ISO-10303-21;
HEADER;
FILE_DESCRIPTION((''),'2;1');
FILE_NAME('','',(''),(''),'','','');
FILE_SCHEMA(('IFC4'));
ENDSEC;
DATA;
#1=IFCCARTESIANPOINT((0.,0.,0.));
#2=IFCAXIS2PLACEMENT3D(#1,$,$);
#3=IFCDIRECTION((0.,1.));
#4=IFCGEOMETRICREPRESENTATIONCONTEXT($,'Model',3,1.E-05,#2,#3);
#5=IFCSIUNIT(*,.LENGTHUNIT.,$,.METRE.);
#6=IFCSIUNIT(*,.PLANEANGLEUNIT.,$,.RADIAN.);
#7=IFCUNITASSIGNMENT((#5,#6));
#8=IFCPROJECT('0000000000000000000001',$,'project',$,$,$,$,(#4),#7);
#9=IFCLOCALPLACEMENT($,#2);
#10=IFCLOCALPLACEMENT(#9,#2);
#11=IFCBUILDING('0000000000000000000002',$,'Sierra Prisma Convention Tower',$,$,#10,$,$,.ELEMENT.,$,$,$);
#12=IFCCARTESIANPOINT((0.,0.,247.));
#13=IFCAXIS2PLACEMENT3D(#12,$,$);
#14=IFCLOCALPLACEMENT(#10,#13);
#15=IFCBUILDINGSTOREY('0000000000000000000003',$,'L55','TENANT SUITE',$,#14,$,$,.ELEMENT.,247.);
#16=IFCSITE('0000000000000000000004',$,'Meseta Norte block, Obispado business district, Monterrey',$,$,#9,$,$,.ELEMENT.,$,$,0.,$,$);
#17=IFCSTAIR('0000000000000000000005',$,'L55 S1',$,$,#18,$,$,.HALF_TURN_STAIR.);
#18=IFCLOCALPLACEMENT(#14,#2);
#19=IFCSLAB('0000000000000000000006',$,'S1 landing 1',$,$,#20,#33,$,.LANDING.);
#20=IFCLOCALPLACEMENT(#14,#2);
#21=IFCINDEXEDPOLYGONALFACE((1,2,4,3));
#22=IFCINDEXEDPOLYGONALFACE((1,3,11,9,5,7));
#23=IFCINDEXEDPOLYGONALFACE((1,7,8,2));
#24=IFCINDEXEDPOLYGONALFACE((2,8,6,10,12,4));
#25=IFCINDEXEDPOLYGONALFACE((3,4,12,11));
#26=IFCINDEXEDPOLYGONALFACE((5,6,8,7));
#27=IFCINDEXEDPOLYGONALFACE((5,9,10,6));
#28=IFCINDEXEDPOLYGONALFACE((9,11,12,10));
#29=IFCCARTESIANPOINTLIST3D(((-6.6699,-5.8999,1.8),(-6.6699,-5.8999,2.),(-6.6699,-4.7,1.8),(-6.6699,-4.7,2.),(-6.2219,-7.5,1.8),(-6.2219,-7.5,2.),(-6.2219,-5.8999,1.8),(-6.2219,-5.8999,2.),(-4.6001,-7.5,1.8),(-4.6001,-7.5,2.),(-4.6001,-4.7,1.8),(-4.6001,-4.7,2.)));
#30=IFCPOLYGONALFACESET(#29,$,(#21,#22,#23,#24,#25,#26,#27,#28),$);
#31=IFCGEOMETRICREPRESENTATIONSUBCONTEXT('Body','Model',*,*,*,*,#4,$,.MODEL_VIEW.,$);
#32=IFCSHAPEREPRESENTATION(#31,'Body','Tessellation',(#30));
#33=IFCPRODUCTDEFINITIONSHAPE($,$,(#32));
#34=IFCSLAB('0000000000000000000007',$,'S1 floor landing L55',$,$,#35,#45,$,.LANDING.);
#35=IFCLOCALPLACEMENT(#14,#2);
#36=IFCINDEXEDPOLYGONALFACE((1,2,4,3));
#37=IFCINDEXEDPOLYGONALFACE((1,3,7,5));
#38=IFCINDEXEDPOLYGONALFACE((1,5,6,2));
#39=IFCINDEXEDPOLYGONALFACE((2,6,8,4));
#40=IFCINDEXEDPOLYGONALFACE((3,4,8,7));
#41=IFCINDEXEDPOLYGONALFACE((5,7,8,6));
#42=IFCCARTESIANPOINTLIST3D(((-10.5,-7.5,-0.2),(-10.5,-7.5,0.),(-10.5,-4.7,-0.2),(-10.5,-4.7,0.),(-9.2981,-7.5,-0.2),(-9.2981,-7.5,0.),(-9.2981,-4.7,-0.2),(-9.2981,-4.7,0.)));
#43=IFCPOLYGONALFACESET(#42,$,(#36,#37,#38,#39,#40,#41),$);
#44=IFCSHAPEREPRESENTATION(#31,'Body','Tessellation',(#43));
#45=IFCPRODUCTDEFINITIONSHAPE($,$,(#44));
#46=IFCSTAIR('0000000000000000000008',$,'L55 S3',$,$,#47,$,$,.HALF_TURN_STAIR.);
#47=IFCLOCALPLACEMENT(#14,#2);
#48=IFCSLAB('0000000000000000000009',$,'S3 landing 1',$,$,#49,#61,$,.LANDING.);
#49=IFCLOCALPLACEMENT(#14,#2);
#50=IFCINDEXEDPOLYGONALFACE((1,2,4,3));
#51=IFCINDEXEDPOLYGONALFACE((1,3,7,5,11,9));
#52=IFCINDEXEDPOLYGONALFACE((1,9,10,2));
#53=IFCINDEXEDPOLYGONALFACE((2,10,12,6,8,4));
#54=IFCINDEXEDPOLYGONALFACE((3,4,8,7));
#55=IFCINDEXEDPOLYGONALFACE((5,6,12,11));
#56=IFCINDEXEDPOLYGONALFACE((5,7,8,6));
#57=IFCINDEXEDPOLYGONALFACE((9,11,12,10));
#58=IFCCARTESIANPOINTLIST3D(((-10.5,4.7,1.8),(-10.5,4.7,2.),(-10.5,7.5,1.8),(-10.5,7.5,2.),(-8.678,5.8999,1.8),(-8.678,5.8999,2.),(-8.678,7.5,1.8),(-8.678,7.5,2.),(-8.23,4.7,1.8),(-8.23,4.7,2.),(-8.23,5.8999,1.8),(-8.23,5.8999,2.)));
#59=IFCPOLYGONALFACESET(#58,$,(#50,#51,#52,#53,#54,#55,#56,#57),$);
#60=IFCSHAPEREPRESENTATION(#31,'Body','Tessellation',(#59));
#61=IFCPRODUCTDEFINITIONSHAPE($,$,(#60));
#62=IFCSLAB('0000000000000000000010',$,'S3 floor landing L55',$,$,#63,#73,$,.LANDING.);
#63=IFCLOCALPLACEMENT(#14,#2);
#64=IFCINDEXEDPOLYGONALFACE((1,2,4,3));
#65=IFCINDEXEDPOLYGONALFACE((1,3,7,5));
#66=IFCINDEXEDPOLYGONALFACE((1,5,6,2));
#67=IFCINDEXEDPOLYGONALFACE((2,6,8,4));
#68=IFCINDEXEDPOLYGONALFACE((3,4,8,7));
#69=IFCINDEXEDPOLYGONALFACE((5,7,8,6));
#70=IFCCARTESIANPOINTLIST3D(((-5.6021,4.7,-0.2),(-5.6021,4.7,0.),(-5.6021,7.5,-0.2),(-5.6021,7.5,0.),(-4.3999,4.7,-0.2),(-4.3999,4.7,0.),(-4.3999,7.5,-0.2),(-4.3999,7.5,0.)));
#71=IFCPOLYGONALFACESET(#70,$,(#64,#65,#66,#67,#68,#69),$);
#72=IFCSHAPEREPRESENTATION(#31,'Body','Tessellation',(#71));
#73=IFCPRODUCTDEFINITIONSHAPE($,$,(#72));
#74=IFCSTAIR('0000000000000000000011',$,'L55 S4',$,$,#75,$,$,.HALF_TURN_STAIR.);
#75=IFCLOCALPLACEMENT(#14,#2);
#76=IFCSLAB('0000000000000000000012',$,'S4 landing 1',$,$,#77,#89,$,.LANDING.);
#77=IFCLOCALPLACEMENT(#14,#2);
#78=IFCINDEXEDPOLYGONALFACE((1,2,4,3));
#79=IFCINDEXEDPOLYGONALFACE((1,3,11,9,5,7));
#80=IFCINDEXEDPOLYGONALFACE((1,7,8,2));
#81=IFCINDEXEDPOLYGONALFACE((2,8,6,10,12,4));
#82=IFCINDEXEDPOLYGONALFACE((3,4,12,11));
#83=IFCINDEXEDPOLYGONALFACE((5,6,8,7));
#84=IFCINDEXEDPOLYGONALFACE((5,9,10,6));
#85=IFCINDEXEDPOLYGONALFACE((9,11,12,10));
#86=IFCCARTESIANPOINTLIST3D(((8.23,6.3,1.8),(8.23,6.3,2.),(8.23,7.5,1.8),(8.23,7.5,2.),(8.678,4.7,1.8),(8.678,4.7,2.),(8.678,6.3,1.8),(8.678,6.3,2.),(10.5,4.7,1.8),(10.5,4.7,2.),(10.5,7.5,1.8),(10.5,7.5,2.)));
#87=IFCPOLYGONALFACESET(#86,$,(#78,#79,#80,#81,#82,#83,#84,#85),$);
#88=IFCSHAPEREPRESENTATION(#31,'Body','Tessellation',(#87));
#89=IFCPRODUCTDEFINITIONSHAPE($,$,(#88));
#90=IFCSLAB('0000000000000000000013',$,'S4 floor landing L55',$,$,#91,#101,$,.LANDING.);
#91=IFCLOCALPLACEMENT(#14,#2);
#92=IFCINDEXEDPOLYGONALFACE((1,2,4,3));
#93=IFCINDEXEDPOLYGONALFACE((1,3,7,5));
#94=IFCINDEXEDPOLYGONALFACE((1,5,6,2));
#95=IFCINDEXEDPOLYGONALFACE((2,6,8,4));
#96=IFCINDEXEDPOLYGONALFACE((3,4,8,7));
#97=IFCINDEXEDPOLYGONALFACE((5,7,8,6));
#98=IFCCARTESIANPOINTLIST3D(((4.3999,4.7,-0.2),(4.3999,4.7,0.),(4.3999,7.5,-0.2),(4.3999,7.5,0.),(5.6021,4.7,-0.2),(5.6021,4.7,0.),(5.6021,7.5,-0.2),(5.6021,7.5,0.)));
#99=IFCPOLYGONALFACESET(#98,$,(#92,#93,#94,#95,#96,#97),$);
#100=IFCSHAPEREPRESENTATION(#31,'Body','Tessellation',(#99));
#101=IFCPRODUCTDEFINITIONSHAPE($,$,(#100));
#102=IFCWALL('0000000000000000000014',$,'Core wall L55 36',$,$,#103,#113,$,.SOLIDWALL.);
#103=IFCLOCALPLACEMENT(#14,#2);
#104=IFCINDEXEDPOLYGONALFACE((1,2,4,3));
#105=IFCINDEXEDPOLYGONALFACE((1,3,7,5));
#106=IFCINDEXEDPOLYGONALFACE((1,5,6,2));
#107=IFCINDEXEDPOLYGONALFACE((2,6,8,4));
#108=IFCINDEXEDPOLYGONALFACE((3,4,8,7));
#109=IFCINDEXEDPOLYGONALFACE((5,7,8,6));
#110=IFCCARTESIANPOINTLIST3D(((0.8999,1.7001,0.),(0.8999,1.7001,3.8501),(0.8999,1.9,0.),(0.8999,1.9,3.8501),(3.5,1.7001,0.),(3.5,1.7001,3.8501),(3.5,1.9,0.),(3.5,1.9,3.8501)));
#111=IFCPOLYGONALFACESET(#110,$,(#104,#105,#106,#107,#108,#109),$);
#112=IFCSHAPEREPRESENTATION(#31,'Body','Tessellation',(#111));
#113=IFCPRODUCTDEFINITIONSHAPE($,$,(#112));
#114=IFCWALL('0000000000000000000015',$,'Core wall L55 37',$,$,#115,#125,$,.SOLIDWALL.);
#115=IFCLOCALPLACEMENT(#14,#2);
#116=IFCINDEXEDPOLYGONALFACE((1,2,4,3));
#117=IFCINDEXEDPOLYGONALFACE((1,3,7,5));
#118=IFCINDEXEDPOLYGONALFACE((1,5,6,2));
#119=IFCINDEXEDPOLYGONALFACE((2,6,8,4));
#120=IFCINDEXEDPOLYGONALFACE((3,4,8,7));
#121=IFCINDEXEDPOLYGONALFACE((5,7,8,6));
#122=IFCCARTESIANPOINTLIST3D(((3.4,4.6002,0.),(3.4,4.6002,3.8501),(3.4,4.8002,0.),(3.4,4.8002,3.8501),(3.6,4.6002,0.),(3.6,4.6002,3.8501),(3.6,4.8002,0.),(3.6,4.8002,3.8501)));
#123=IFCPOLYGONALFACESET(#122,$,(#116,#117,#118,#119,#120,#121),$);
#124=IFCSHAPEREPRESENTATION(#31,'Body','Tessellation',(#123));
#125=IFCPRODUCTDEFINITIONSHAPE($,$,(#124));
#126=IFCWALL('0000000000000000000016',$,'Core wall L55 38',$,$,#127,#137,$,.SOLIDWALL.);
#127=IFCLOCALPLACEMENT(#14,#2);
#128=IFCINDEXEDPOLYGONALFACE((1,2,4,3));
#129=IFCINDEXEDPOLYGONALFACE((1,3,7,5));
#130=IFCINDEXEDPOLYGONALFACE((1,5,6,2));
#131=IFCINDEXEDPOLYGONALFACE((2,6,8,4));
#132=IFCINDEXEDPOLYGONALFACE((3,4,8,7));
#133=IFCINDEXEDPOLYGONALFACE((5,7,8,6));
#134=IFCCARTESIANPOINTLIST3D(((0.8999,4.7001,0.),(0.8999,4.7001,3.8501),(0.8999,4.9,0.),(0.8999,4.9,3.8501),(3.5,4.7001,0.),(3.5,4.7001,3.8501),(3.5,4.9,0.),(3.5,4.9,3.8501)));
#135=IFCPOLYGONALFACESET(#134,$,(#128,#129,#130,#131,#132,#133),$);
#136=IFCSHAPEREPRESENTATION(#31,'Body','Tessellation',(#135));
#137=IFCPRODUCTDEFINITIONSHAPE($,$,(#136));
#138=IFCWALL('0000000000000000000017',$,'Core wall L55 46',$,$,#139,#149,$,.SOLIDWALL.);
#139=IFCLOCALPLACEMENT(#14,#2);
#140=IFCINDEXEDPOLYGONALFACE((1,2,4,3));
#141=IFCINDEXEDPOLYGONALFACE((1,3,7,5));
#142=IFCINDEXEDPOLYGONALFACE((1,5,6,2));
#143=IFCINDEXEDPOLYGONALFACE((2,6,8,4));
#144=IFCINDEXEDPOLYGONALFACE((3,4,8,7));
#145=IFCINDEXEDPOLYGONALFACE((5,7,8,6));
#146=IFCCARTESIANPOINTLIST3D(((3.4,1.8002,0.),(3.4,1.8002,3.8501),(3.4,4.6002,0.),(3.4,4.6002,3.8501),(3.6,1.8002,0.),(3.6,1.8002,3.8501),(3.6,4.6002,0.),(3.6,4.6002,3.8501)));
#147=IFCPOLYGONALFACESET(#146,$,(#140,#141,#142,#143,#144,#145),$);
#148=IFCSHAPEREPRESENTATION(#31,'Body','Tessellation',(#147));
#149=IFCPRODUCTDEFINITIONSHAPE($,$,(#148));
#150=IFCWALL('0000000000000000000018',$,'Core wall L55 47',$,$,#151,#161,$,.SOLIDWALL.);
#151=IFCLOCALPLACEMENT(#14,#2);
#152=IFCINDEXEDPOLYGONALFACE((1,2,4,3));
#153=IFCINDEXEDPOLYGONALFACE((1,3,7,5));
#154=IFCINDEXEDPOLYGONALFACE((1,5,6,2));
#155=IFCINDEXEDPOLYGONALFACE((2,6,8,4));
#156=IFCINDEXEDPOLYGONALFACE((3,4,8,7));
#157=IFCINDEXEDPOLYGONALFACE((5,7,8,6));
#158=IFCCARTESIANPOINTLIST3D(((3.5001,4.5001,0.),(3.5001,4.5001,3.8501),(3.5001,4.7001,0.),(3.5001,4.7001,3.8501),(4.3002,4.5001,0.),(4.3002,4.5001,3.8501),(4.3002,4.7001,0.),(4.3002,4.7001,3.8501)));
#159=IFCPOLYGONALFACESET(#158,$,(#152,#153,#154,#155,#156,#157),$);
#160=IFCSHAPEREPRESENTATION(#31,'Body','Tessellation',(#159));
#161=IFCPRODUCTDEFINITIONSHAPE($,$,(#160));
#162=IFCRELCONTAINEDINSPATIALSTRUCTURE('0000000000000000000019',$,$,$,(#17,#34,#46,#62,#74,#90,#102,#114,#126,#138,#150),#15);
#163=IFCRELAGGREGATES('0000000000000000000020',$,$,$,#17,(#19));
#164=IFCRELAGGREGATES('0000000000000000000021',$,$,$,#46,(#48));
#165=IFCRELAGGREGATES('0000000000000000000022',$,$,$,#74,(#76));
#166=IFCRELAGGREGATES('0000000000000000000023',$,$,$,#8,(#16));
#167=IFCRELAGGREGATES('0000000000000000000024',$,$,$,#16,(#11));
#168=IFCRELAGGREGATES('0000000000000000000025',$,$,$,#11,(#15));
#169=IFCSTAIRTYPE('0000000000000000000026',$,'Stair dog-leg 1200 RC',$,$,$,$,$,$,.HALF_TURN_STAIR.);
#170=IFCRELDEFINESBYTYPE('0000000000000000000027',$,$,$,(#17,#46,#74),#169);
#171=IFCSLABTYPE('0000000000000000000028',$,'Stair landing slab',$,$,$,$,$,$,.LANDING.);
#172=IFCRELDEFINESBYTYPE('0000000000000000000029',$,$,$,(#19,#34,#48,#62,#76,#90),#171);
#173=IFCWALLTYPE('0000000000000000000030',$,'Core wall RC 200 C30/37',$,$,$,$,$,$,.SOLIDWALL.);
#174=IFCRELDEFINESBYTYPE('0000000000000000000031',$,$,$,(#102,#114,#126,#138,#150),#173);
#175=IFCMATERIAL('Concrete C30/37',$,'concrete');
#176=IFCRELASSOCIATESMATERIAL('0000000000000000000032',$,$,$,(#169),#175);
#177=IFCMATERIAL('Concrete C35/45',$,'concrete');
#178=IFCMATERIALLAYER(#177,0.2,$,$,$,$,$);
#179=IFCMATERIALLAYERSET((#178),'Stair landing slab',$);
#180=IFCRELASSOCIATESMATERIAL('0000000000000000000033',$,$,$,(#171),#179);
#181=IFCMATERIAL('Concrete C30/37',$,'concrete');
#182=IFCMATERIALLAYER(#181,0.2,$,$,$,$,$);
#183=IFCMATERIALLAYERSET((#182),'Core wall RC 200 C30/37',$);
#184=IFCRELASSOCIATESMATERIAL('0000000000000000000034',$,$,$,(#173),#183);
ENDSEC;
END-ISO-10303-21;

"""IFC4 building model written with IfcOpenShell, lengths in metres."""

from ifc_helpers import new_model, si_unit, direction, frame, frame_2d, origin, place, context, subcontext, project, spatial, polyline, rectangle, outline, extrude, material, layer, layer_set, type_object, element, aggregate, save


model = new_model("IFC4")

# Units and contexts
model_context = context("Model", 3, precision=1e-05, world=origin(), true_north=direction((0.0, 1.0)))
body_context = subcontext(model_context, "Body", "Model", "MODEL_VIEW")
ifc_project = project(units=[si_unit("LENGTHUNIT", "METRE"), si_unit("PLANEANGLEUNIT", "RADIAN")], contexts=[model_context])

# Site, building, storey
site_placement = place(None, origin())
site = spatial("IfcSite", under=ifc_project, at=site_placement, Name="Meseta Norte block, Obispado business district, Monterrey", CompositionType="ELEMENT", RefElevation=0.0)
building_placement = place(site_placement, origin())
building = spatial("IfcBuilding", under=site, at=building_placement, Name="Sierra Prisma Convention Tower", CompositionType="ELEMENT")
storey_placement = place(building_placement, frame((0.0, 0.0, 247.0)))
storey = spatial("IfcBuildingStorey", under=building, at=storey_placement, Name="L55", Description="TENANT SUITE", CompositionType="ELEMENT", Elevation=247.0)

# Stair, slab
ifc_material_1 = material(Name="Concrete C30/37", Category="concrete")
stair_type = type_object("IfcStairType", Name="Stair dog-leg 1200 RC", PredefinedType="HALF_TURN_STAIR", material=ifc_material_1)
stair_1_placement = place(storey_placement, origin())
stair_1 = element("IfcStair", 1, at=stair_1_placement, inside=storey, type_object=stair_type, Name="L55 S1", PredefinedType="HALF_TURN_STAIR")
ifc_material_2 = material(Name="Concrete C35/45", Category="concrete")
ifc_layer_1 = layer(ifc_material_2, 0.2)
ifc_layer_set_1 = layer_set([ifc_layer_1], Name="Stair landing slab")
slab_type = type_object("IfcSlabType", Name="Stair landing slab", PredefinedType="LANDING", material=ifc_layer_set_1)
slab_1_placement = place(storey_placement, frame((0.0, 0.0, 1.8)))
slab_1 = element("IfcSlab", 2, at=slab_1_placement, type_object=slab_type, Name="S1 landing 1", PredefinedType="LANDING", context=body_context, shape_type="SweptSolid", body=[
    extrude(outline(polyline([(-4.6001, -4.7), (-4.6001, -7.5), (-6.2219, -7.5), (-6.2219, -5.8999), (-6.6699, -5.8999), (-6.6699, -4.7), (-4.6001, -4.7)])), origin(), (0.0, 0.0, 1.0), 0.2),
])
aggregate(stair_1, [slab_1])

# Slab
slab_2_placement = place(storey_placement, frame((0.0, 0.0, -0.2)))
element("IfcSlab", 3, at=slab_2_placement, inside=storey, type_object=slab_type, Name="S1 floor landing L55", PredefinedType="LANDING", context=body_context, shape_type="SweptSolid", body=[
    extrude(outline(polyline([(-10.5, -7.5), (-9.2981, -7.5), (-9.2981, -4.7), (-10.5, -4.7), (-10.5, -7.5)])), origin(), (0.0, 0.0, 1.0), 0.2),
])

# Stair, slab
stair_2_placement = place(storey_placement, origin())
stair_2 = element("IfcStair", 4, at=stair_2_placement, inside=storey, type_object=stair_type, Name="L55 S3", PredefinedType="HALF_TURN_STAIR")
slab_3_placement = place(storey_placement, frame((0.0, 0.0, 1.8)))
slab_3 = element("IfcSlab", 5, at=slab_3_placement, type_object=slab_type, Name="S3 landing 1", PredefinedType="LANDING", context=body_context, shape_type="SweptSolid", body=[
    extrude(outline(polyline([(-8.23, 5.8999), (-8.23, 4.7), (-10.5, 4.7), (-10.5, 7.5), (-8.678, 7.5), (-8.678, 5.8999), (-8.23, 5.8999)])), origin(), (0.0, 0.0, 1.0), 0.2),
])
aggregate(stair_2, [slab_3])

# Slab
slab_4_placement = place(storey_placement, frame((0.0, 0.0, -0.2)))
element("IfcSlab", 6, at=slab_4_placement, inside=storey, type_object=slab_type, Name="S3 floor landing L55", PredefinedType="LANDING", context=body_context, shape_type="SweptSolid", body=[
    extrude(outline(polyline([(-4.3999, 7.5), (-5.6021, 7.5), (-5.6021, 4.7), (-4.3999, 4.7), (-4.3999, 7.5)])), origin(), (0.0, 0.0, 1.0), 0.2),
])

# Stair, slab
stair_3_placement = place(storey_placement, origin())
stair_3 = element("IfcStair", 7, at=stair_3_placement, inside=storey, type_object=stair_type, Name="L55 S4", PredefinedType="HALF_TURN_STAIR")
slab_5_placement = place(storey_placement, frame((0.0, 0.0, 1.8)))
slab_5 = element("IfcSlab", 8, at=slab_5_placement, type_object=slab_type, Name="S4 landing 1", PredefinedType="LANDING", context=body_context, shape_type="SweptSolid", body=[
    extrude(outline(polyline([(10.5, 7.5), (10.5, 4.7), (8.678, 4.7), (8.678, 6.3), (8.23, 6.3), (8.23, 7.5), (10.5, 7.5)])), origin(), (0.0, 0.0, 1.0), 0.2),
])
aggregate(stair_3, [slab_5])

# Slab
slab_6_placement = place(storey_placement, frame((0.0, 0.0, -0.2)))
element("IfcSlab", 9, at=slab_6_placement, inside=storey, type_object=slab_type, Name="S4 floor landing L55", PredefinedType="LANDING", context=body_context, shape_type="SweptSolid", body=[
    extrude(outline(polyline([(4.3999, 4.7), (5.6021, 4.7), (5.6021, 7.5), (4.3999, 7.5), (4.3999, 4.7)])), origin(), (0.0, 0.0, 1.0), 0.2),
])

# Shared definitions
ifc_material_3 = material(Name="Concrete C30/37", Category="concrete")
ifc_layer_2 = layer(ifc_material_3, 0.2)
ifc_layer_set_2 = layer_set([ifc_layer_2], Name="Core wall RC 200 C30/37")
wall_type_1 = type_object("IfcWallType", Name="Core wall RC 200 C30/37", PredefinedType="SOLIDWALL", material=ifc_layer_set_2)

# Walls
wall_1_placement = place(storey_placement, frame((3.5, 1.8, 0.0), z_axis=(0.0, 0.0, 1.0), x_axis=(-1.0, 0.0, 0.0)))
element("IfcWall", 10, at=wall_1_placement, inside=storey, type_object=wall_type_1, Name="Core wall L55 36", PredefinedType="SOLIDWALL", context=body_context, shape_type="SweptSolid", body=[
    extrude(rectangle(XDim=2.6001, YDim=0.2, at=frame_2d((1.3, 0.0))), origin(), (0.0, 0.0, 1.0), 3.8501),
])
wall_2_placement = place(storey_placement, frame((3.5, 4.6001, 0.0), z_axis=(0.0, 0.0, 1.0), x_axis=(0.0, 1.0, 0.0)))
element("IfcWall", 11, at=wall_2_placement, inside=storey, type_object=wall_type_1, Name="Core wall L55 37", PredefinedType="SOLIDWALL", context=body_context, shape_type="SweptSolid", body=[
    extrude(rectangle(XDim=0.2, YDim=0.2, at=frame_2d((0.1001, 0.0))), origin(), (0.0, 0.0, 1.0), 3.8501),
])
wall_3_placement = place(storey_placement, frame((3.5, 4.8, 0.0), z_axis=(0.0, 0.0, 1.0), x_axis=(-1.0, 0.0, 0.0)))
element("IfcWall", 12, at=wall_3_placement, inside=storey, type_object=wall_type_1, Name="Core wall L55 38", PredefinedType="SOLIDWALL", context=body_context, shape_type="SweptSolid", body=[
    extrude(rectangle(XDim=2.6001, YDim=0.2, at=frame_2d((1.3, 0.0))), origin(), (0.0, 0.0, 1.0), 3.8501),
])

# Walls
wall_4_placement = place(storey_placement, frame((3.5, 4.6001, 0.0), z_axis=(0.0, 0.0, 1.0), x_axis=(0.0, -1.0, 0.0)))
element("IfcWall", 13, at=wall_4_placement, inside=storey, type_object=wall_type_1, Name="Core wall L55 46", PredefinedType="SOLIDWALL", context=body_context, shape_type="SweptSolid", body=[
    extrude(rectangle(XDim=2.8, YDim=0.2, at=frame_2d((1.3999, 0.0))), origin(), (0.0, 0.0, 1.0), 3.8501),
])
wall_5_placement = place(storey_placement, frame((4.3, 4.6001, 0.0), z_axis=(0.0, 0.0, 1.0), x_axis=(-1.0, 0.0, 0.0)))
element("IfcWall", 14, at=wall_5_placement, inside=storey, type_object=wall_type_1, Name="Core wall L55 47", PredefinedType="SOLIDWALL", context=body_context, shape_type="SweptSolid", body=[
    extrude(rectangle(XDim=0.8, YDim=0.2, at=frame_2d((0.3999, 0.0))), origin(), (0.0, 0.0, 1.0), 3.8501),
])

save(model, "model.ifc")
